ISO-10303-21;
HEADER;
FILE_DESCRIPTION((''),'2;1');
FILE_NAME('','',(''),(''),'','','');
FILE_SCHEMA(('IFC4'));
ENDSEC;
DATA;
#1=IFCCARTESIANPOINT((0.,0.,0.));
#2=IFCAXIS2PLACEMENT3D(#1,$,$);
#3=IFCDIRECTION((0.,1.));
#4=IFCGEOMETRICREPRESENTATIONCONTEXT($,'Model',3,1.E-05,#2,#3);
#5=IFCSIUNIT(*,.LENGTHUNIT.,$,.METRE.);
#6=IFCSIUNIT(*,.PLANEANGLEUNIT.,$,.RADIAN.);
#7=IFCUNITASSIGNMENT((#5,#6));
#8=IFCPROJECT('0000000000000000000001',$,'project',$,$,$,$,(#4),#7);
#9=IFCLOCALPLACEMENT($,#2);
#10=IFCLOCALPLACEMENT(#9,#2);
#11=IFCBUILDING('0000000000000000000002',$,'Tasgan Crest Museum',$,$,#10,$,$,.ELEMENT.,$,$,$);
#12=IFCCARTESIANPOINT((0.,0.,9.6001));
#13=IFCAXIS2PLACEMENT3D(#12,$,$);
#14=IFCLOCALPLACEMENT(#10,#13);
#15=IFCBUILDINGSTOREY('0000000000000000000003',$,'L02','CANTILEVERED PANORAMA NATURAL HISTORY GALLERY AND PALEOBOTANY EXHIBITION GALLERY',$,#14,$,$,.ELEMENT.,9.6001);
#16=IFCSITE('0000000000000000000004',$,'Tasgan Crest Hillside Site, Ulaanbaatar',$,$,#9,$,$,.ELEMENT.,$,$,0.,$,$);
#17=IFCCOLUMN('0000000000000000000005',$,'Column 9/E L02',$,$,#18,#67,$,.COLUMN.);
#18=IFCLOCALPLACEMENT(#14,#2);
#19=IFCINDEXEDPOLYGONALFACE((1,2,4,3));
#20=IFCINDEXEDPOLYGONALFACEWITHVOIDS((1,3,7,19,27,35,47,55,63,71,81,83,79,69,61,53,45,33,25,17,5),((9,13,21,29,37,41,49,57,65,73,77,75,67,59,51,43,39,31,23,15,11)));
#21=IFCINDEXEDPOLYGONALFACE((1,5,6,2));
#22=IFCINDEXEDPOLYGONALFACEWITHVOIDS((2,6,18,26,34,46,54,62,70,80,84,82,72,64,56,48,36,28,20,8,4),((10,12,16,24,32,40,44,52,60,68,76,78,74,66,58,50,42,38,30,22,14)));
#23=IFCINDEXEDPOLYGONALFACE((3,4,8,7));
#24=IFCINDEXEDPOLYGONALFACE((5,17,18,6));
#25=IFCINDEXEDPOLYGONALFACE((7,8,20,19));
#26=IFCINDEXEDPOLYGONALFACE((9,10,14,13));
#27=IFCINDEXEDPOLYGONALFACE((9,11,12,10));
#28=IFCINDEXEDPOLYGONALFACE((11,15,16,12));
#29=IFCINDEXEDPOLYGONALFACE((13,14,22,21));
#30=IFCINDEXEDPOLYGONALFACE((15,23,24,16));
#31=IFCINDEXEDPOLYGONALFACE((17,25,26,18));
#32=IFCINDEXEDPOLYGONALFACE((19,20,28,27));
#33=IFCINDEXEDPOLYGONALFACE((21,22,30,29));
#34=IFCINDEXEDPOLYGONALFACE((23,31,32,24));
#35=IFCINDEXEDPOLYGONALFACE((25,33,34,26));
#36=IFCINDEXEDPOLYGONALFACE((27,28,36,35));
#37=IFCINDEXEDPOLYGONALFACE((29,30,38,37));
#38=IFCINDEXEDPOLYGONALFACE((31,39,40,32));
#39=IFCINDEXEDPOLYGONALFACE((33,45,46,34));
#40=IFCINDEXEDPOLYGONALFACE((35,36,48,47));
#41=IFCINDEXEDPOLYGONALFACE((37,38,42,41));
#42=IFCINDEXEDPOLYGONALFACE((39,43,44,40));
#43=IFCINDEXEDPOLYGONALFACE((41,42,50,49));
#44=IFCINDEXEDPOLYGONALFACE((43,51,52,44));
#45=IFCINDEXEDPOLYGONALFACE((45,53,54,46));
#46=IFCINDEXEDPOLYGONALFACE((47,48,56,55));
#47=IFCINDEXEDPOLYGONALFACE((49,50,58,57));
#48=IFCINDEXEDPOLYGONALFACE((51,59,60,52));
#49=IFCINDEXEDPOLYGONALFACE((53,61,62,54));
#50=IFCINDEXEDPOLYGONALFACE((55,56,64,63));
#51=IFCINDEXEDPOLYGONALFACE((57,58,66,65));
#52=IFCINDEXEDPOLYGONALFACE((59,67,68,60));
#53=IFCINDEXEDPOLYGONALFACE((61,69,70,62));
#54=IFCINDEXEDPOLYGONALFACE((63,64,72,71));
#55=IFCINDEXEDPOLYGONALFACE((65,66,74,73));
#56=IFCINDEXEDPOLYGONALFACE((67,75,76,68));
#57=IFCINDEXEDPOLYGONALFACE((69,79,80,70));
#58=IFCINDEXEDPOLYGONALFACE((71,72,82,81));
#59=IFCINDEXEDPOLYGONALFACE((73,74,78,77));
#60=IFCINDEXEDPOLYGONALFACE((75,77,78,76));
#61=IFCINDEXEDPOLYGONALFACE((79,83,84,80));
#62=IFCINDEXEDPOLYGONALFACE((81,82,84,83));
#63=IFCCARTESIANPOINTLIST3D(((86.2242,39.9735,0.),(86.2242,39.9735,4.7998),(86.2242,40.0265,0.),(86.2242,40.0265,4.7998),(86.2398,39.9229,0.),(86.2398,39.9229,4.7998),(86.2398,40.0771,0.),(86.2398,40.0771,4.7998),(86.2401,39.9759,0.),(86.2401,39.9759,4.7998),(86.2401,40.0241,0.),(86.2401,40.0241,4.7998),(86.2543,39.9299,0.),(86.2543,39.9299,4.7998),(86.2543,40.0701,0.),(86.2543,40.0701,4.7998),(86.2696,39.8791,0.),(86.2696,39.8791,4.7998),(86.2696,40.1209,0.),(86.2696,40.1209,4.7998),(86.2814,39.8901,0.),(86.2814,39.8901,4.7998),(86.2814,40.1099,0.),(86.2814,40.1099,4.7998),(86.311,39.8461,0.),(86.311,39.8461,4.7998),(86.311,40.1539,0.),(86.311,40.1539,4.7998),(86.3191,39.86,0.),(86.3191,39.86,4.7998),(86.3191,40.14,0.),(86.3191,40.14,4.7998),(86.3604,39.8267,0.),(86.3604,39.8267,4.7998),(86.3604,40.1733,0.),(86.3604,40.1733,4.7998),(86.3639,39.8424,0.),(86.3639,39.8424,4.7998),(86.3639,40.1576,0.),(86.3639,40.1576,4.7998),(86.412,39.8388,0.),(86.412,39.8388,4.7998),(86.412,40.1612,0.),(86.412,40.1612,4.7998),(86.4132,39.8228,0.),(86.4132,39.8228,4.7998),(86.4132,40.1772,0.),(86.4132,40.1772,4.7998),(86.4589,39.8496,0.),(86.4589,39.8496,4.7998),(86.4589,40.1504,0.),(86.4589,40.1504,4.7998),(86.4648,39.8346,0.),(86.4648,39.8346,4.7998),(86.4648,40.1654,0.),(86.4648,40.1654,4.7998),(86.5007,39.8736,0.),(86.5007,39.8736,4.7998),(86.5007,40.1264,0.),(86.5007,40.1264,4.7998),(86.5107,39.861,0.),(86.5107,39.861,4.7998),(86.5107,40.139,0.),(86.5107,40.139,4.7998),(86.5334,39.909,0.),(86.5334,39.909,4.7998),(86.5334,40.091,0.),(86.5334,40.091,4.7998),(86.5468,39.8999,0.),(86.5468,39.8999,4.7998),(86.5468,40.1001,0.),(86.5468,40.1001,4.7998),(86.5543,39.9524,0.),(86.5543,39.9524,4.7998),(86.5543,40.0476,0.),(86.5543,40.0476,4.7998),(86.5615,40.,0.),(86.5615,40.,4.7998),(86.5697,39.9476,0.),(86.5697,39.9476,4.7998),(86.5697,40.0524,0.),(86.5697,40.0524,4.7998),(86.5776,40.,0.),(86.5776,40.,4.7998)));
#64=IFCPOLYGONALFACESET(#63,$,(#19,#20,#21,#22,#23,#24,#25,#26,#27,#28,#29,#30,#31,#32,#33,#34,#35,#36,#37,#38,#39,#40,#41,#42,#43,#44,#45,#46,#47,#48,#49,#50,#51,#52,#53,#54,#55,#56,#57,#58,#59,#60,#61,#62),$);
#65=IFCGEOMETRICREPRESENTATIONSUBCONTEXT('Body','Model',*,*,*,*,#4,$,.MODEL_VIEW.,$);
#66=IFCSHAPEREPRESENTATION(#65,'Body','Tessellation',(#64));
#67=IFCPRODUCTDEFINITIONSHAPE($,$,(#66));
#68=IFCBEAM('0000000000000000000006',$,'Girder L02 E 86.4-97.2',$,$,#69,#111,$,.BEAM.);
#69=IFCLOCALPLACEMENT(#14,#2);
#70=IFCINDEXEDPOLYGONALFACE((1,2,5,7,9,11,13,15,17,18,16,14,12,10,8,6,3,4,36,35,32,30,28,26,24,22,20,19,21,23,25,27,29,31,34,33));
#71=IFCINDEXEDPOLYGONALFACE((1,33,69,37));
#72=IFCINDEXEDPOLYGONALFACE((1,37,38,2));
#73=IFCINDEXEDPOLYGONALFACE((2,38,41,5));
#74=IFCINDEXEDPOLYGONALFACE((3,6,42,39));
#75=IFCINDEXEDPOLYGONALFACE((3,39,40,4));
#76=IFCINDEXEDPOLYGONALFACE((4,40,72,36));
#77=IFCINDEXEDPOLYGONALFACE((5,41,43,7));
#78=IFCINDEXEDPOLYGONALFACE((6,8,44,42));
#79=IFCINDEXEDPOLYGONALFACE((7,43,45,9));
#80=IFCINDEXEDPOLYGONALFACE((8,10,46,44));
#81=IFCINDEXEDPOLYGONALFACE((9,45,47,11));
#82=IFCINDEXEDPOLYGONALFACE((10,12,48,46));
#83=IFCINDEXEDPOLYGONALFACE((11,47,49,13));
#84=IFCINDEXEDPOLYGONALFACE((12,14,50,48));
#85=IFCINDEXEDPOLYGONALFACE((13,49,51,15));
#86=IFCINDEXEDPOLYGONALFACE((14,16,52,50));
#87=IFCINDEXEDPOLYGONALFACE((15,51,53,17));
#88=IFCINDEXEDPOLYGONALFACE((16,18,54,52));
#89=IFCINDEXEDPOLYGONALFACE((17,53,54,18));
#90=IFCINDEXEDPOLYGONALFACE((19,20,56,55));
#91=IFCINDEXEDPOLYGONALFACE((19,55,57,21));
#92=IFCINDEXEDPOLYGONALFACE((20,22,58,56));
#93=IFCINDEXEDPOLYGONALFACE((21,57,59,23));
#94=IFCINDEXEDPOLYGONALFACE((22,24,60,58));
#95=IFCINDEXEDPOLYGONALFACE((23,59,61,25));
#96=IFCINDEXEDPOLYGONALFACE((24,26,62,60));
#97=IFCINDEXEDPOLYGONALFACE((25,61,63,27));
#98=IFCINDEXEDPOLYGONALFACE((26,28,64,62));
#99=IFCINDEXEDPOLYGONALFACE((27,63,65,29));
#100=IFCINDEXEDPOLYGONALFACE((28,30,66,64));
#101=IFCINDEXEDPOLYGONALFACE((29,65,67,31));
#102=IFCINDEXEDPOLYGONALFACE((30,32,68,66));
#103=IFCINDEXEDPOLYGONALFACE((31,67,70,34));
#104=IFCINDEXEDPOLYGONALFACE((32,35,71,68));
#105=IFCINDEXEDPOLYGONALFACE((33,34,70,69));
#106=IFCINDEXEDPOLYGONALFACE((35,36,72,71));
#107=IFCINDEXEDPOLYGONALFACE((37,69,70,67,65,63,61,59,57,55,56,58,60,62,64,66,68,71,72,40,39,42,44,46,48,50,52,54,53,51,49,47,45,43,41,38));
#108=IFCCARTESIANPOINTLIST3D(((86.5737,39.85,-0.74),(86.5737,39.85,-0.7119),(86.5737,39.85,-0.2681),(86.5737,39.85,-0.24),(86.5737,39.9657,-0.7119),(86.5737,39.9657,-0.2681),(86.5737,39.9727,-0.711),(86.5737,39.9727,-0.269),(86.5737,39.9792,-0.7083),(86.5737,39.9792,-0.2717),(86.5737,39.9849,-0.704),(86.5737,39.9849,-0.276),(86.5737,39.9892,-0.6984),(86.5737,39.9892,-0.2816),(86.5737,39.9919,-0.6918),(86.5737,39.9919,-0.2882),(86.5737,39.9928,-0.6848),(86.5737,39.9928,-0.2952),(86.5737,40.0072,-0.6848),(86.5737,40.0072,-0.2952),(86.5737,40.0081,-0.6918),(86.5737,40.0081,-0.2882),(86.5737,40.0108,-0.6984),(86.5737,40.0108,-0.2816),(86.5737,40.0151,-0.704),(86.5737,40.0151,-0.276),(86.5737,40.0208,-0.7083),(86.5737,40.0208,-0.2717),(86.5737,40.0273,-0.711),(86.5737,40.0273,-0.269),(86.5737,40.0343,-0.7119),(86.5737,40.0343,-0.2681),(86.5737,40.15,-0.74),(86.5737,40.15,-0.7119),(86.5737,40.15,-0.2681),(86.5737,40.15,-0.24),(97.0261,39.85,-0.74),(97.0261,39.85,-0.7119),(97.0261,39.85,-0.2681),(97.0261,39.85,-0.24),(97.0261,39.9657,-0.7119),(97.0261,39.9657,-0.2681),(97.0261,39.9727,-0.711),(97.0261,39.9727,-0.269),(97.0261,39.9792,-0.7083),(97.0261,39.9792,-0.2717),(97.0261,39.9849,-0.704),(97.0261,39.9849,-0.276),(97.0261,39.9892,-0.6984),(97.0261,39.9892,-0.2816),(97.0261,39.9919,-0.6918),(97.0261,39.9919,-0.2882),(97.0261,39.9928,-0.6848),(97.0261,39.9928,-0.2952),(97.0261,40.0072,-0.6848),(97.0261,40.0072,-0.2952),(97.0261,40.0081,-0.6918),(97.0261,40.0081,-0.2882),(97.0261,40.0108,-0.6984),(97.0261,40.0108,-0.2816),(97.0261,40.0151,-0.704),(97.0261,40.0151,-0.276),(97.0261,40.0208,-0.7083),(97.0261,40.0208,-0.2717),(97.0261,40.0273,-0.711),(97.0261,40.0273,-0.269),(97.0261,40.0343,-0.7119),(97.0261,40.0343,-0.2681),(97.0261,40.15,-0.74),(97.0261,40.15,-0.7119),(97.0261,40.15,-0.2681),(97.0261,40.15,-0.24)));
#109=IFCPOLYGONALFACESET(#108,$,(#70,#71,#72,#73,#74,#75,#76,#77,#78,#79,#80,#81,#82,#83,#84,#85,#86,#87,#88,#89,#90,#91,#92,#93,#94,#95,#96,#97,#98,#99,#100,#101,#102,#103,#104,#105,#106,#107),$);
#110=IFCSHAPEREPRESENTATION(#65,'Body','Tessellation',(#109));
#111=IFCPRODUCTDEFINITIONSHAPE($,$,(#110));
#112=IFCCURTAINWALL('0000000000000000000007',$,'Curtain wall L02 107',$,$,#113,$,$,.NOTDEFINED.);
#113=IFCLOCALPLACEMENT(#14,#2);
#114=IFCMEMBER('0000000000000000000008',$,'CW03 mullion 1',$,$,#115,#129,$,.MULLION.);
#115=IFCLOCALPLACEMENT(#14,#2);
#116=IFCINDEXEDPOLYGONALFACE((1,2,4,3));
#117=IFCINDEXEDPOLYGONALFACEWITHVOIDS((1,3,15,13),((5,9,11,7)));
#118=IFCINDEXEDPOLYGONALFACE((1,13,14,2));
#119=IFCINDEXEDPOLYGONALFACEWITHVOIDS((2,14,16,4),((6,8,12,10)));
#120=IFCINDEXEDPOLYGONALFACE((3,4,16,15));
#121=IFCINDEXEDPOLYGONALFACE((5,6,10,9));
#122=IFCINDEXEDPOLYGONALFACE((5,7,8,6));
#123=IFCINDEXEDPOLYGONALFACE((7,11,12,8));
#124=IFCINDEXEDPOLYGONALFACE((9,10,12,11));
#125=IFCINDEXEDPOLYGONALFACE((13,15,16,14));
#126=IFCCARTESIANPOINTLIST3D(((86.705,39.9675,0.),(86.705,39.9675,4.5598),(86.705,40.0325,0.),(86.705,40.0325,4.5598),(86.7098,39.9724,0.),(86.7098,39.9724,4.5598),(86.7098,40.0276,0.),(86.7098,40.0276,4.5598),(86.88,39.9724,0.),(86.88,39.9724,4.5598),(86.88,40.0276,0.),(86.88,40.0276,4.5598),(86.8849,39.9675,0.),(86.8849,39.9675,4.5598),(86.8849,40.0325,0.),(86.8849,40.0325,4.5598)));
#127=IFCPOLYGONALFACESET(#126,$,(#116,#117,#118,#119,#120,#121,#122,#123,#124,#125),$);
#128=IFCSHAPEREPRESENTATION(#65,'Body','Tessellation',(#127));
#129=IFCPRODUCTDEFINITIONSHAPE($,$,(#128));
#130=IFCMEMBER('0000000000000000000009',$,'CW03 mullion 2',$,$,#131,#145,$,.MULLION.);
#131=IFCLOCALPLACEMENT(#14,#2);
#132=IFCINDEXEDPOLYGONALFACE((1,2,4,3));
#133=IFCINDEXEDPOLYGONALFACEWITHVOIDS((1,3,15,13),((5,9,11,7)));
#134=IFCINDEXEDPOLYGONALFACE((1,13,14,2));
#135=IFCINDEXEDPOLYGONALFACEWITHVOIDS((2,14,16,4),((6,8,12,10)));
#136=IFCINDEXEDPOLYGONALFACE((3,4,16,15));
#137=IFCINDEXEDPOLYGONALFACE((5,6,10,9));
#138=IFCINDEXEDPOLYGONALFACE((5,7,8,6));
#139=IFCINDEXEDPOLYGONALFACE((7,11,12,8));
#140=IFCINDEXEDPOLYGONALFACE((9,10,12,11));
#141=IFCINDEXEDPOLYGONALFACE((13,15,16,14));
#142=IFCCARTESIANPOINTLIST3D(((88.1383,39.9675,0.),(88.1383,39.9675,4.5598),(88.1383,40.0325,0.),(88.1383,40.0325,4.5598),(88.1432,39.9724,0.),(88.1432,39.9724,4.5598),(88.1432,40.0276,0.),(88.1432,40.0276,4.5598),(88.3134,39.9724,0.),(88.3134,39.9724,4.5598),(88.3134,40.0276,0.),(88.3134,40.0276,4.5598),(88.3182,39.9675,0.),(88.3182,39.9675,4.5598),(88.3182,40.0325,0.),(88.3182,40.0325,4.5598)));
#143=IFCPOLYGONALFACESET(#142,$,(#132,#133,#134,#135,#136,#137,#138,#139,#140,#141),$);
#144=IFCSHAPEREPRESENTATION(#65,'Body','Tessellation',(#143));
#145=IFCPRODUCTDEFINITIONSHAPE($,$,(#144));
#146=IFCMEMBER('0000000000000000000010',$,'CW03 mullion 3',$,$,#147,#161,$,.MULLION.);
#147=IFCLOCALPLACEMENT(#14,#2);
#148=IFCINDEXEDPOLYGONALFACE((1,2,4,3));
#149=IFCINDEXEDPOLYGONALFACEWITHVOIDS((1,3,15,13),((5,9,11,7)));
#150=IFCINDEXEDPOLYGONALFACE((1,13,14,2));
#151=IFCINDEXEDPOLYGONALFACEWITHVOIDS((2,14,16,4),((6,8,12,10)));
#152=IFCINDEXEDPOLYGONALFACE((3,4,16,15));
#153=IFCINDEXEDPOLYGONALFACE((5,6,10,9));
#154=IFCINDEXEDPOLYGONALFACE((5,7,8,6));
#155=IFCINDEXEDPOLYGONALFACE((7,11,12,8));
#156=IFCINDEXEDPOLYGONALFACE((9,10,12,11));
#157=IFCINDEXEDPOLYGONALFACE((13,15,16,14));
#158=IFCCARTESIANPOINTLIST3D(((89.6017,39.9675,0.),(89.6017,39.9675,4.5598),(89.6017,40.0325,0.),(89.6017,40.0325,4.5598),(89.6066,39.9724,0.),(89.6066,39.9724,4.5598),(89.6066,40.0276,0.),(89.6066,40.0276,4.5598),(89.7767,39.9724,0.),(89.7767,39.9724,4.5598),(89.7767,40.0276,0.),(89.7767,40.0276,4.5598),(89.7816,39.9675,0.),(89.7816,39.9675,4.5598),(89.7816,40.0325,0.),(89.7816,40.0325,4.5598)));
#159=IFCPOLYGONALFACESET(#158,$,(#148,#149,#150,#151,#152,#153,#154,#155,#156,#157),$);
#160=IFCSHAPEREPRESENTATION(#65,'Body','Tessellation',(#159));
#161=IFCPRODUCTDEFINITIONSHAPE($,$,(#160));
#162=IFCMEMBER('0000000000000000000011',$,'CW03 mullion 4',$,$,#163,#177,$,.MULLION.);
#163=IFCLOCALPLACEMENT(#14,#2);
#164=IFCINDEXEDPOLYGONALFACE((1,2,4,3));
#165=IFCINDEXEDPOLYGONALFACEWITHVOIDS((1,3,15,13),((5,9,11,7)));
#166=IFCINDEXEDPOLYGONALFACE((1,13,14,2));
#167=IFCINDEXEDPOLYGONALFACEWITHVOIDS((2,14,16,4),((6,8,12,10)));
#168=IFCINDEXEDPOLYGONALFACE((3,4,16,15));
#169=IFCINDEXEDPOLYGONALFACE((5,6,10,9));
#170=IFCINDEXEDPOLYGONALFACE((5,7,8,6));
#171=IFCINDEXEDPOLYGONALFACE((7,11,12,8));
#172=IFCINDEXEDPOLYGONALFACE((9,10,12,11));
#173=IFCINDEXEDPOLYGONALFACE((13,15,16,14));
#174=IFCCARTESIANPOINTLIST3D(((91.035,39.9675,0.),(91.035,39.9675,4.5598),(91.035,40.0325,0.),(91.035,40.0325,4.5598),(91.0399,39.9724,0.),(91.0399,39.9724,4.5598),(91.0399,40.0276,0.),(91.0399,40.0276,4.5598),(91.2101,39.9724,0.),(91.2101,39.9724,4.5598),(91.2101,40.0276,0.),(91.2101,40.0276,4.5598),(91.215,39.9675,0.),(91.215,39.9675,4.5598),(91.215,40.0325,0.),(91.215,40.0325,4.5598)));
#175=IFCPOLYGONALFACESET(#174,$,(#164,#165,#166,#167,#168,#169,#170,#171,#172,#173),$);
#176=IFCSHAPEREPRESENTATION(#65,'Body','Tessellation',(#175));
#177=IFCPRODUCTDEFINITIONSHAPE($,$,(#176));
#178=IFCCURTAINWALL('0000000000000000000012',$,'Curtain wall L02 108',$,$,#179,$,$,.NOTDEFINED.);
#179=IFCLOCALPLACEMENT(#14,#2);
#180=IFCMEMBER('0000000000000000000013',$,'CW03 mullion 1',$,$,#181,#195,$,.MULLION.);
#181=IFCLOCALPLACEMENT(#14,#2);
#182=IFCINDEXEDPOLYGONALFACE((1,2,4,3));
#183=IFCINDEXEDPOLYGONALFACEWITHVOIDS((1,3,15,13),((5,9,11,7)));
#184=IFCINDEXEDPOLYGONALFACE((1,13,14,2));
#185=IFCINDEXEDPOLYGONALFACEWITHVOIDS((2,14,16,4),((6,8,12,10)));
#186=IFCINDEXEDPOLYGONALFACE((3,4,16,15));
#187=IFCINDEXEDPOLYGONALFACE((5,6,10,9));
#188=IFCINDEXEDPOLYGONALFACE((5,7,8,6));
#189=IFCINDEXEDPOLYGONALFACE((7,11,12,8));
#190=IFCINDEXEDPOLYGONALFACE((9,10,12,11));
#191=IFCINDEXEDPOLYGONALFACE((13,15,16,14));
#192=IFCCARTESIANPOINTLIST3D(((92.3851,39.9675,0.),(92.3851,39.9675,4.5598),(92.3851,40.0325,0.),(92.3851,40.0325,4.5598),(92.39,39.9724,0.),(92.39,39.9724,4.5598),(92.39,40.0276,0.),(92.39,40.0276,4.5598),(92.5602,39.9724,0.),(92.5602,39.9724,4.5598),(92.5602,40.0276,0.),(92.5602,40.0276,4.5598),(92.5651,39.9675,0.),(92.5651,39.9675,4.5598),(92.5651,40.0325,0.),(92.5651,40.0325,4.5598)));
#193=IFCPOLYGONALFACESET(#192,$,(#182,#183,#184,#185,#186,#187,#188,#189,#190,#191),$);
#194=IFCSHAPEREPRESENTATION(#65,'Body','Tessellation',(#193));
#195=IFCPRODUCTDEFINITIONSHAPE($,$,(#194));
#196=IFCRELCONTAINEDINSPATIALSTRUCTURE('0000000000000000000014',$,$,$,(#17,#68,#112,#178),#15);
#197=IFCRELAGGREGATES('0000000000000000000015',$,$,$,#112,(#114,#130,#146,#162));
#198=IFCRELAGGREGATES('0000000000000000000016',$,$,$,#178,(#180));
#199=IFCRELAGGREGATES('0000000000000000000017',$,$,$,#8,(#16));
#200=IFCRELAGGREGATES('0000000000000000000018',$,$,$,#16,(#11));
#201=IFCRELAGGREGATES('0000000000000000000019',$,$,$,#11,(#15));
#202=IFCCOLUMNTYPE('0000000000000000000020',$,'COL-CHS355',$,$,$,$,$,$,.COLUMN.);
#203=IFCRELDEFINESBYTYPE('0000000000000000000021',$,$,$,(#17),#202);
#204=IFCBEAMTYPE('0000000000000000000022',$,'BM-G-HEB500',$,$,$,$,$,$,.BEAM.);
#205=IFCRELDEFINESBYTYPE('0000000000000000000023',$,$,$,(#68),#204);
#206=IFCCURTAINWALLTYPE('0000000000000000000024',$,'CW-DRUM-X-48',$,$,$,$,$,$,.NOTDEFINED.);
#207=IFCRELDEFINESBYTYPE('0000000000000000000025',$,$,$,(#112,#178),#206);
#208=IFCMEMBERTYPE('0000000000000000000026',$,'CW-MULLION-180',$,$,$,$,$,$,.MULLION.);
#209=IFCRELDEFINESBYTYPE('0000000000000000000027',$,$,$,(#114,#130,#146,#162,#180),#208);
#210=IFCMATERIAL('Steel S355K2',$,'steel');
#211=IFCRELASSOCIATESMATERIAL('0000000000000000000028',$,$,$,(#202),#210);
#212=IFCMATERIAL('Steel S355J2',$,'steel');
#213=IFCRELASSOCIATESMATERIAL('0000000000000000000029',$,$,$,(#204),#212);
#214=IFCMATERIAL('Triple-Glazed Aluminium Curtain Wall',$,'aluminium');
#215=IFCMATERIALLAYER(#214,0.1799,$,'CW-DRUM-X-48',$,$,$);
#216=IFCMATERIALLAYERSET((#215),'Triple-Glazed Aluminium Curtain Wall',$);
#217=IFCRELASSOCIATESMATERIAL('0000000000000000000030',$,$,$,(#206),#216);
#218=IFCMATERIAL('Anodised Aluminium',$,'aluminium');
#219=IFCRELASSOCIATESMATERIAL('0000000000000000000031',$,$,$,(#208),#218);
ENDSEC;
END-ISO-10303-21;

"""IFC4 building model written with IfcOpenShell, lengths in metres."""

from ifc_helpers import new_model, si_unit, direction, frame, origin, origin_2d, place, context, subcontext, project, spatial, hollow_rectangle, hollow_circle, i_section, extrude, material, layer, layer_set, material_profile, profile_set, type_object, element, aggregate, save


model = new_model("IFC4")

# Units and contexts
model_context = context("Model", 3, precision=1e-05, world=origin(), true_north=direction((0.0, 1.0)))
body_context = subcontext(model_context, "Body", "Model", "MODEL_VIEW")
ifc_project = project(units=[si_unit("LENGTHUNIT", "METRE"), si_unit("PLANEANGLEUNIT", "RADIAN")], contexts=[model_context])

# Site, building, storey
site_placement = place(None, origin())
site = spatial("IfcSite", under=ifc_project, at=site_placement, Name="Tasgan Crest Hillside Site, Ulaanbaatar", CompositionType="ELEMENT", RefElevation=0.0)
building_placement = place(site_placement, origin())
building = spatial("IfcBuilding", under=site, at=building_placement, Name="Tasgan Crest Museum", CompositionType="ELEMENT")
storey_placement = place(building_placement, frame((0.0, 0.0, 9.6001)))
storey = spatial("IfcBuildingStorey", under=building, at=storey_placement, Name="L02", Description="CANTILEVERED PANORAMA NATURAL HISTORY GALLERY AND PALEOBOTANY EXHIBITION GALLERY", CompositionType="ELEMENT", Elevation=9.6001)

# Column
ifc_material_1 = material(Name="Steel S355K2", Category="steel")
ifc_material_profile_1 = material_profile(ifc_material_1, hollow_circle(Radius=0.1777, WallThickness=0.0161, at=origin_2d()), Name="CHS 355.6x16")
ifc_profile_set_1 = profile_set([ifc_material_profile_1], Name="Steel S355K2")
column_type = type_object("IfcColumnType", Name="COL-CHS355", PredefinedType="COLUMN", material=ifc_profile_set_1)
column_placement = place(storey_placement, frame((86.3999, 40.0, 0.0), z_axis=(0.0, 0.0, 1.0), x_axis=(1.0, 0.0, 0.0)))
element("IfcColumn", 1, at=column_placement, inside=storey, type_object=column_type, Name="Column 9/E L02", PredefinedType="COLUMN", context=body_context, shape_type="SweptSolid", body=[
    extrude(hollow_circle(Radius=0.1777, WallThickness=0.0161, at=origin_2d()), origin(), (0.0, 0.0, 1.0), 4.7998),
])

# Beam
ifc_material_2 = material(Name="Steel S355J2", Category="steel")
ifc_material_profile_2 = material_profile(ifc_material_2, i_section(OverallWidth=0.3, OverallDepth=0.5, WebThickness=0.0144, FlangeThickness=0.0281, FilletRadius=0.0271, at=origin_2d()), Name="HEB 500")
ifc_profile_set_2 = profile_set([ifc_material_profile_2], Name="Steel S355J2")
beam_type = type_object("IfcBeamType", Name="BM-G-HEB500", PredefinedType="BEAM", material=ifc_profile_set_2)
beam_placement = place(storey_placement, frame((86.5737, 40.0, -0.49), z_axis=(1.0, 0.0, 0.0), x_axis=(0.0, 1.0, 0.0)))
element("IfcBeam", 2, at=beam_placement, inside=storey, type_object=beam_type, Name="Girder L02 E 86.4-97.2", PredefinedType="BEAM", context=body_context, shape_type="SweptSolid", body=[
    extrude(i_section(OverallWidth=0.3, OverallDepth=0.5, WebThickness=0.0144, FlangeThickness=0.0281, FilletRadius=0.0271, at=origin_2d()), origin(), (0.0, 0.0, 1.0), 10.4524),
])

# Curtain wall, members
ifc_material_3 = material(Name="Triple-Glazed Aluminium Curtain Wall", Category="aluminium")
ifc_layer_1 = layer(ifc_material_3, 0.1799, Name="CW-DRUM-X-48")
ifc_layer_set_1 = layer_set([ifc_layer_1], Name="Triple-Glazed Aluminium Curtain Wall")
curtain_wall_type = type_object("IfcCurtainWallType", Name="CW-DRUM-X-48", PredefinedType="NOTDEFINED", material=ifc_layer_set_1)
curtain_wall_1_placement = place(storey_placement, origin())
curtain_wall_1 = element("IfcCurtainWall", 3, at=curtain_wall_1_placement, inside=storey, type_object=curtain_wall_type, Name="Curtain wall L02 107", PredefinedType="NOTDEFINED")
ifc_material_4 = material(Name="Anodised Aluminium", Category="aluminium")
ifc_material_profile_3 = material_profile(ifc_material_4, hollow_rectangle(XDim=0.0649, YDim=0.1799, WallThickness=0.0049, at=origin_2d()), Name="ALU MULLION 180x65x5")
ifc_profile_set_3 = profile_set([ifc_material_profile_3], Name="Anodised Aluminium")
member_type_1 = type_object("IfcMemberType", Name="CW-MULLION-180", PredefinedType="MULLION", material=ifc_profile_set_3)
member_1_placement = place(storey_placement, frame((86.7949, 40.0, 0.0), z_axis=(0.0, 0.0, 1.0), x_axis=(0.0, 1.0, 0.0)))
member_1 = element("IfcMember", 4, at=member_1_placement, type_object=member_type_1, Name="CW03 mullion 1", PredefinedType="MULLION", context=body_context, shape_type="SweptSolid", body=[
    extrude(hollow_rectangle(XDim=0.0649, YDim=0.1799, WallThickness=0.0049, at=origin_2d()), origin(), (0.0, 0.0, 1.0), 4.5598),
])
member_2_placement = place(storey_placement, frame((88.2283, 40.0, 0.0), z_axis=(0.0, 0.0, 1.0), x_axis=(0.0, 1.0, 0.0)))
member_2 = element("IfcMember", 5, at=member_2_placement, type_object=member_type_1, Name="CW03 mullion 2", PredefinedType="MULLION", context=body_context, shape_type="SweptSolid", body=[
    extrude(hollow_rectangle(XDim=0.0649, YDim=0.1799, WallThickness=0.0049, at=origin_2d()), origin(), (0.0, 0.0, 1.0), 4.5598),
])
member_3_placement = place(storey_placement, frame((89.6917, 40.0, 0.0), z_axis=(0.0, 0.0, 1.0), x_axis=(0.0, 1.0, 0.0)))
member_3 = element("IfcMember", 6, at=member_3_placement, type_object=member_type_1, Name="CW03 mullion 3", PredefinedType="MULLION", context=body_context, shape_type="SweptSolid", body=[
    extrude(hollow_rectangle(XDim=0.0649, YDim=0.1799, WallThickness=0.0049, at=origin_2d()), origin(), (0.0, 0.0, 1.0), 4.5598),
])
member_4_placement = place(storey_placement, frame((91.125, 40.0, 0.0), z_axis=(0.0, 0.0, 1.0), x_axis=(0.0, 1.0, 0.0)))
member_4 = element("IfcMember", 7, at=member_4_placement, type_object=member_type_1, Name="CW03 mullion 4", PredefinedType="MULLION", context=body_context, shape_type="SweptSolid", body=[
    extrude(hollow_rectangle(XDim=0.0649, YDim=0.1799, WallThickness=0.0049, at=origin_2d()), origin(), (0.0, 0.0, 1.0), 4.5598),
])

# Curtain wall, member
curtain_wall_2_placement = place(storey_placement, origin())
curtain_wall_2 = element("IfcCurtainWall", 8, at=curtain_wall_2_placement, inside=storey, type_object=curtain_wall_type, Name="Curtain wall L02 108", PredefinedType="NOTDEFINED")
member_5_placement = place(storey_placement, frame((92.4751, 40.0, 0.0), z_axis=(0.0, 0.0, 1.0), x_axis=(0.0, 1.0, 0.0)))
member_5 = element("IfcMember", 9, at=member_5_placement, type_object=member_type_1, Name="CW03 mullion 1", PredefinedType="MULLION", context=body_context, shape_type="SweptSolid", body=[
    extrude(hollow_rectangle(XDim=0.0649, YDim=0.1799, WallThickness=0.0049, at=origin_2d()), origin(), (0.0, 0.0, 1.0), 4.5598),
])

aggregate(curtain_wall_1, [member_1, member_2, member_3, member_4])
aggregate(curtain_wall_2, [member_5])

save(model, "model.ifc")
